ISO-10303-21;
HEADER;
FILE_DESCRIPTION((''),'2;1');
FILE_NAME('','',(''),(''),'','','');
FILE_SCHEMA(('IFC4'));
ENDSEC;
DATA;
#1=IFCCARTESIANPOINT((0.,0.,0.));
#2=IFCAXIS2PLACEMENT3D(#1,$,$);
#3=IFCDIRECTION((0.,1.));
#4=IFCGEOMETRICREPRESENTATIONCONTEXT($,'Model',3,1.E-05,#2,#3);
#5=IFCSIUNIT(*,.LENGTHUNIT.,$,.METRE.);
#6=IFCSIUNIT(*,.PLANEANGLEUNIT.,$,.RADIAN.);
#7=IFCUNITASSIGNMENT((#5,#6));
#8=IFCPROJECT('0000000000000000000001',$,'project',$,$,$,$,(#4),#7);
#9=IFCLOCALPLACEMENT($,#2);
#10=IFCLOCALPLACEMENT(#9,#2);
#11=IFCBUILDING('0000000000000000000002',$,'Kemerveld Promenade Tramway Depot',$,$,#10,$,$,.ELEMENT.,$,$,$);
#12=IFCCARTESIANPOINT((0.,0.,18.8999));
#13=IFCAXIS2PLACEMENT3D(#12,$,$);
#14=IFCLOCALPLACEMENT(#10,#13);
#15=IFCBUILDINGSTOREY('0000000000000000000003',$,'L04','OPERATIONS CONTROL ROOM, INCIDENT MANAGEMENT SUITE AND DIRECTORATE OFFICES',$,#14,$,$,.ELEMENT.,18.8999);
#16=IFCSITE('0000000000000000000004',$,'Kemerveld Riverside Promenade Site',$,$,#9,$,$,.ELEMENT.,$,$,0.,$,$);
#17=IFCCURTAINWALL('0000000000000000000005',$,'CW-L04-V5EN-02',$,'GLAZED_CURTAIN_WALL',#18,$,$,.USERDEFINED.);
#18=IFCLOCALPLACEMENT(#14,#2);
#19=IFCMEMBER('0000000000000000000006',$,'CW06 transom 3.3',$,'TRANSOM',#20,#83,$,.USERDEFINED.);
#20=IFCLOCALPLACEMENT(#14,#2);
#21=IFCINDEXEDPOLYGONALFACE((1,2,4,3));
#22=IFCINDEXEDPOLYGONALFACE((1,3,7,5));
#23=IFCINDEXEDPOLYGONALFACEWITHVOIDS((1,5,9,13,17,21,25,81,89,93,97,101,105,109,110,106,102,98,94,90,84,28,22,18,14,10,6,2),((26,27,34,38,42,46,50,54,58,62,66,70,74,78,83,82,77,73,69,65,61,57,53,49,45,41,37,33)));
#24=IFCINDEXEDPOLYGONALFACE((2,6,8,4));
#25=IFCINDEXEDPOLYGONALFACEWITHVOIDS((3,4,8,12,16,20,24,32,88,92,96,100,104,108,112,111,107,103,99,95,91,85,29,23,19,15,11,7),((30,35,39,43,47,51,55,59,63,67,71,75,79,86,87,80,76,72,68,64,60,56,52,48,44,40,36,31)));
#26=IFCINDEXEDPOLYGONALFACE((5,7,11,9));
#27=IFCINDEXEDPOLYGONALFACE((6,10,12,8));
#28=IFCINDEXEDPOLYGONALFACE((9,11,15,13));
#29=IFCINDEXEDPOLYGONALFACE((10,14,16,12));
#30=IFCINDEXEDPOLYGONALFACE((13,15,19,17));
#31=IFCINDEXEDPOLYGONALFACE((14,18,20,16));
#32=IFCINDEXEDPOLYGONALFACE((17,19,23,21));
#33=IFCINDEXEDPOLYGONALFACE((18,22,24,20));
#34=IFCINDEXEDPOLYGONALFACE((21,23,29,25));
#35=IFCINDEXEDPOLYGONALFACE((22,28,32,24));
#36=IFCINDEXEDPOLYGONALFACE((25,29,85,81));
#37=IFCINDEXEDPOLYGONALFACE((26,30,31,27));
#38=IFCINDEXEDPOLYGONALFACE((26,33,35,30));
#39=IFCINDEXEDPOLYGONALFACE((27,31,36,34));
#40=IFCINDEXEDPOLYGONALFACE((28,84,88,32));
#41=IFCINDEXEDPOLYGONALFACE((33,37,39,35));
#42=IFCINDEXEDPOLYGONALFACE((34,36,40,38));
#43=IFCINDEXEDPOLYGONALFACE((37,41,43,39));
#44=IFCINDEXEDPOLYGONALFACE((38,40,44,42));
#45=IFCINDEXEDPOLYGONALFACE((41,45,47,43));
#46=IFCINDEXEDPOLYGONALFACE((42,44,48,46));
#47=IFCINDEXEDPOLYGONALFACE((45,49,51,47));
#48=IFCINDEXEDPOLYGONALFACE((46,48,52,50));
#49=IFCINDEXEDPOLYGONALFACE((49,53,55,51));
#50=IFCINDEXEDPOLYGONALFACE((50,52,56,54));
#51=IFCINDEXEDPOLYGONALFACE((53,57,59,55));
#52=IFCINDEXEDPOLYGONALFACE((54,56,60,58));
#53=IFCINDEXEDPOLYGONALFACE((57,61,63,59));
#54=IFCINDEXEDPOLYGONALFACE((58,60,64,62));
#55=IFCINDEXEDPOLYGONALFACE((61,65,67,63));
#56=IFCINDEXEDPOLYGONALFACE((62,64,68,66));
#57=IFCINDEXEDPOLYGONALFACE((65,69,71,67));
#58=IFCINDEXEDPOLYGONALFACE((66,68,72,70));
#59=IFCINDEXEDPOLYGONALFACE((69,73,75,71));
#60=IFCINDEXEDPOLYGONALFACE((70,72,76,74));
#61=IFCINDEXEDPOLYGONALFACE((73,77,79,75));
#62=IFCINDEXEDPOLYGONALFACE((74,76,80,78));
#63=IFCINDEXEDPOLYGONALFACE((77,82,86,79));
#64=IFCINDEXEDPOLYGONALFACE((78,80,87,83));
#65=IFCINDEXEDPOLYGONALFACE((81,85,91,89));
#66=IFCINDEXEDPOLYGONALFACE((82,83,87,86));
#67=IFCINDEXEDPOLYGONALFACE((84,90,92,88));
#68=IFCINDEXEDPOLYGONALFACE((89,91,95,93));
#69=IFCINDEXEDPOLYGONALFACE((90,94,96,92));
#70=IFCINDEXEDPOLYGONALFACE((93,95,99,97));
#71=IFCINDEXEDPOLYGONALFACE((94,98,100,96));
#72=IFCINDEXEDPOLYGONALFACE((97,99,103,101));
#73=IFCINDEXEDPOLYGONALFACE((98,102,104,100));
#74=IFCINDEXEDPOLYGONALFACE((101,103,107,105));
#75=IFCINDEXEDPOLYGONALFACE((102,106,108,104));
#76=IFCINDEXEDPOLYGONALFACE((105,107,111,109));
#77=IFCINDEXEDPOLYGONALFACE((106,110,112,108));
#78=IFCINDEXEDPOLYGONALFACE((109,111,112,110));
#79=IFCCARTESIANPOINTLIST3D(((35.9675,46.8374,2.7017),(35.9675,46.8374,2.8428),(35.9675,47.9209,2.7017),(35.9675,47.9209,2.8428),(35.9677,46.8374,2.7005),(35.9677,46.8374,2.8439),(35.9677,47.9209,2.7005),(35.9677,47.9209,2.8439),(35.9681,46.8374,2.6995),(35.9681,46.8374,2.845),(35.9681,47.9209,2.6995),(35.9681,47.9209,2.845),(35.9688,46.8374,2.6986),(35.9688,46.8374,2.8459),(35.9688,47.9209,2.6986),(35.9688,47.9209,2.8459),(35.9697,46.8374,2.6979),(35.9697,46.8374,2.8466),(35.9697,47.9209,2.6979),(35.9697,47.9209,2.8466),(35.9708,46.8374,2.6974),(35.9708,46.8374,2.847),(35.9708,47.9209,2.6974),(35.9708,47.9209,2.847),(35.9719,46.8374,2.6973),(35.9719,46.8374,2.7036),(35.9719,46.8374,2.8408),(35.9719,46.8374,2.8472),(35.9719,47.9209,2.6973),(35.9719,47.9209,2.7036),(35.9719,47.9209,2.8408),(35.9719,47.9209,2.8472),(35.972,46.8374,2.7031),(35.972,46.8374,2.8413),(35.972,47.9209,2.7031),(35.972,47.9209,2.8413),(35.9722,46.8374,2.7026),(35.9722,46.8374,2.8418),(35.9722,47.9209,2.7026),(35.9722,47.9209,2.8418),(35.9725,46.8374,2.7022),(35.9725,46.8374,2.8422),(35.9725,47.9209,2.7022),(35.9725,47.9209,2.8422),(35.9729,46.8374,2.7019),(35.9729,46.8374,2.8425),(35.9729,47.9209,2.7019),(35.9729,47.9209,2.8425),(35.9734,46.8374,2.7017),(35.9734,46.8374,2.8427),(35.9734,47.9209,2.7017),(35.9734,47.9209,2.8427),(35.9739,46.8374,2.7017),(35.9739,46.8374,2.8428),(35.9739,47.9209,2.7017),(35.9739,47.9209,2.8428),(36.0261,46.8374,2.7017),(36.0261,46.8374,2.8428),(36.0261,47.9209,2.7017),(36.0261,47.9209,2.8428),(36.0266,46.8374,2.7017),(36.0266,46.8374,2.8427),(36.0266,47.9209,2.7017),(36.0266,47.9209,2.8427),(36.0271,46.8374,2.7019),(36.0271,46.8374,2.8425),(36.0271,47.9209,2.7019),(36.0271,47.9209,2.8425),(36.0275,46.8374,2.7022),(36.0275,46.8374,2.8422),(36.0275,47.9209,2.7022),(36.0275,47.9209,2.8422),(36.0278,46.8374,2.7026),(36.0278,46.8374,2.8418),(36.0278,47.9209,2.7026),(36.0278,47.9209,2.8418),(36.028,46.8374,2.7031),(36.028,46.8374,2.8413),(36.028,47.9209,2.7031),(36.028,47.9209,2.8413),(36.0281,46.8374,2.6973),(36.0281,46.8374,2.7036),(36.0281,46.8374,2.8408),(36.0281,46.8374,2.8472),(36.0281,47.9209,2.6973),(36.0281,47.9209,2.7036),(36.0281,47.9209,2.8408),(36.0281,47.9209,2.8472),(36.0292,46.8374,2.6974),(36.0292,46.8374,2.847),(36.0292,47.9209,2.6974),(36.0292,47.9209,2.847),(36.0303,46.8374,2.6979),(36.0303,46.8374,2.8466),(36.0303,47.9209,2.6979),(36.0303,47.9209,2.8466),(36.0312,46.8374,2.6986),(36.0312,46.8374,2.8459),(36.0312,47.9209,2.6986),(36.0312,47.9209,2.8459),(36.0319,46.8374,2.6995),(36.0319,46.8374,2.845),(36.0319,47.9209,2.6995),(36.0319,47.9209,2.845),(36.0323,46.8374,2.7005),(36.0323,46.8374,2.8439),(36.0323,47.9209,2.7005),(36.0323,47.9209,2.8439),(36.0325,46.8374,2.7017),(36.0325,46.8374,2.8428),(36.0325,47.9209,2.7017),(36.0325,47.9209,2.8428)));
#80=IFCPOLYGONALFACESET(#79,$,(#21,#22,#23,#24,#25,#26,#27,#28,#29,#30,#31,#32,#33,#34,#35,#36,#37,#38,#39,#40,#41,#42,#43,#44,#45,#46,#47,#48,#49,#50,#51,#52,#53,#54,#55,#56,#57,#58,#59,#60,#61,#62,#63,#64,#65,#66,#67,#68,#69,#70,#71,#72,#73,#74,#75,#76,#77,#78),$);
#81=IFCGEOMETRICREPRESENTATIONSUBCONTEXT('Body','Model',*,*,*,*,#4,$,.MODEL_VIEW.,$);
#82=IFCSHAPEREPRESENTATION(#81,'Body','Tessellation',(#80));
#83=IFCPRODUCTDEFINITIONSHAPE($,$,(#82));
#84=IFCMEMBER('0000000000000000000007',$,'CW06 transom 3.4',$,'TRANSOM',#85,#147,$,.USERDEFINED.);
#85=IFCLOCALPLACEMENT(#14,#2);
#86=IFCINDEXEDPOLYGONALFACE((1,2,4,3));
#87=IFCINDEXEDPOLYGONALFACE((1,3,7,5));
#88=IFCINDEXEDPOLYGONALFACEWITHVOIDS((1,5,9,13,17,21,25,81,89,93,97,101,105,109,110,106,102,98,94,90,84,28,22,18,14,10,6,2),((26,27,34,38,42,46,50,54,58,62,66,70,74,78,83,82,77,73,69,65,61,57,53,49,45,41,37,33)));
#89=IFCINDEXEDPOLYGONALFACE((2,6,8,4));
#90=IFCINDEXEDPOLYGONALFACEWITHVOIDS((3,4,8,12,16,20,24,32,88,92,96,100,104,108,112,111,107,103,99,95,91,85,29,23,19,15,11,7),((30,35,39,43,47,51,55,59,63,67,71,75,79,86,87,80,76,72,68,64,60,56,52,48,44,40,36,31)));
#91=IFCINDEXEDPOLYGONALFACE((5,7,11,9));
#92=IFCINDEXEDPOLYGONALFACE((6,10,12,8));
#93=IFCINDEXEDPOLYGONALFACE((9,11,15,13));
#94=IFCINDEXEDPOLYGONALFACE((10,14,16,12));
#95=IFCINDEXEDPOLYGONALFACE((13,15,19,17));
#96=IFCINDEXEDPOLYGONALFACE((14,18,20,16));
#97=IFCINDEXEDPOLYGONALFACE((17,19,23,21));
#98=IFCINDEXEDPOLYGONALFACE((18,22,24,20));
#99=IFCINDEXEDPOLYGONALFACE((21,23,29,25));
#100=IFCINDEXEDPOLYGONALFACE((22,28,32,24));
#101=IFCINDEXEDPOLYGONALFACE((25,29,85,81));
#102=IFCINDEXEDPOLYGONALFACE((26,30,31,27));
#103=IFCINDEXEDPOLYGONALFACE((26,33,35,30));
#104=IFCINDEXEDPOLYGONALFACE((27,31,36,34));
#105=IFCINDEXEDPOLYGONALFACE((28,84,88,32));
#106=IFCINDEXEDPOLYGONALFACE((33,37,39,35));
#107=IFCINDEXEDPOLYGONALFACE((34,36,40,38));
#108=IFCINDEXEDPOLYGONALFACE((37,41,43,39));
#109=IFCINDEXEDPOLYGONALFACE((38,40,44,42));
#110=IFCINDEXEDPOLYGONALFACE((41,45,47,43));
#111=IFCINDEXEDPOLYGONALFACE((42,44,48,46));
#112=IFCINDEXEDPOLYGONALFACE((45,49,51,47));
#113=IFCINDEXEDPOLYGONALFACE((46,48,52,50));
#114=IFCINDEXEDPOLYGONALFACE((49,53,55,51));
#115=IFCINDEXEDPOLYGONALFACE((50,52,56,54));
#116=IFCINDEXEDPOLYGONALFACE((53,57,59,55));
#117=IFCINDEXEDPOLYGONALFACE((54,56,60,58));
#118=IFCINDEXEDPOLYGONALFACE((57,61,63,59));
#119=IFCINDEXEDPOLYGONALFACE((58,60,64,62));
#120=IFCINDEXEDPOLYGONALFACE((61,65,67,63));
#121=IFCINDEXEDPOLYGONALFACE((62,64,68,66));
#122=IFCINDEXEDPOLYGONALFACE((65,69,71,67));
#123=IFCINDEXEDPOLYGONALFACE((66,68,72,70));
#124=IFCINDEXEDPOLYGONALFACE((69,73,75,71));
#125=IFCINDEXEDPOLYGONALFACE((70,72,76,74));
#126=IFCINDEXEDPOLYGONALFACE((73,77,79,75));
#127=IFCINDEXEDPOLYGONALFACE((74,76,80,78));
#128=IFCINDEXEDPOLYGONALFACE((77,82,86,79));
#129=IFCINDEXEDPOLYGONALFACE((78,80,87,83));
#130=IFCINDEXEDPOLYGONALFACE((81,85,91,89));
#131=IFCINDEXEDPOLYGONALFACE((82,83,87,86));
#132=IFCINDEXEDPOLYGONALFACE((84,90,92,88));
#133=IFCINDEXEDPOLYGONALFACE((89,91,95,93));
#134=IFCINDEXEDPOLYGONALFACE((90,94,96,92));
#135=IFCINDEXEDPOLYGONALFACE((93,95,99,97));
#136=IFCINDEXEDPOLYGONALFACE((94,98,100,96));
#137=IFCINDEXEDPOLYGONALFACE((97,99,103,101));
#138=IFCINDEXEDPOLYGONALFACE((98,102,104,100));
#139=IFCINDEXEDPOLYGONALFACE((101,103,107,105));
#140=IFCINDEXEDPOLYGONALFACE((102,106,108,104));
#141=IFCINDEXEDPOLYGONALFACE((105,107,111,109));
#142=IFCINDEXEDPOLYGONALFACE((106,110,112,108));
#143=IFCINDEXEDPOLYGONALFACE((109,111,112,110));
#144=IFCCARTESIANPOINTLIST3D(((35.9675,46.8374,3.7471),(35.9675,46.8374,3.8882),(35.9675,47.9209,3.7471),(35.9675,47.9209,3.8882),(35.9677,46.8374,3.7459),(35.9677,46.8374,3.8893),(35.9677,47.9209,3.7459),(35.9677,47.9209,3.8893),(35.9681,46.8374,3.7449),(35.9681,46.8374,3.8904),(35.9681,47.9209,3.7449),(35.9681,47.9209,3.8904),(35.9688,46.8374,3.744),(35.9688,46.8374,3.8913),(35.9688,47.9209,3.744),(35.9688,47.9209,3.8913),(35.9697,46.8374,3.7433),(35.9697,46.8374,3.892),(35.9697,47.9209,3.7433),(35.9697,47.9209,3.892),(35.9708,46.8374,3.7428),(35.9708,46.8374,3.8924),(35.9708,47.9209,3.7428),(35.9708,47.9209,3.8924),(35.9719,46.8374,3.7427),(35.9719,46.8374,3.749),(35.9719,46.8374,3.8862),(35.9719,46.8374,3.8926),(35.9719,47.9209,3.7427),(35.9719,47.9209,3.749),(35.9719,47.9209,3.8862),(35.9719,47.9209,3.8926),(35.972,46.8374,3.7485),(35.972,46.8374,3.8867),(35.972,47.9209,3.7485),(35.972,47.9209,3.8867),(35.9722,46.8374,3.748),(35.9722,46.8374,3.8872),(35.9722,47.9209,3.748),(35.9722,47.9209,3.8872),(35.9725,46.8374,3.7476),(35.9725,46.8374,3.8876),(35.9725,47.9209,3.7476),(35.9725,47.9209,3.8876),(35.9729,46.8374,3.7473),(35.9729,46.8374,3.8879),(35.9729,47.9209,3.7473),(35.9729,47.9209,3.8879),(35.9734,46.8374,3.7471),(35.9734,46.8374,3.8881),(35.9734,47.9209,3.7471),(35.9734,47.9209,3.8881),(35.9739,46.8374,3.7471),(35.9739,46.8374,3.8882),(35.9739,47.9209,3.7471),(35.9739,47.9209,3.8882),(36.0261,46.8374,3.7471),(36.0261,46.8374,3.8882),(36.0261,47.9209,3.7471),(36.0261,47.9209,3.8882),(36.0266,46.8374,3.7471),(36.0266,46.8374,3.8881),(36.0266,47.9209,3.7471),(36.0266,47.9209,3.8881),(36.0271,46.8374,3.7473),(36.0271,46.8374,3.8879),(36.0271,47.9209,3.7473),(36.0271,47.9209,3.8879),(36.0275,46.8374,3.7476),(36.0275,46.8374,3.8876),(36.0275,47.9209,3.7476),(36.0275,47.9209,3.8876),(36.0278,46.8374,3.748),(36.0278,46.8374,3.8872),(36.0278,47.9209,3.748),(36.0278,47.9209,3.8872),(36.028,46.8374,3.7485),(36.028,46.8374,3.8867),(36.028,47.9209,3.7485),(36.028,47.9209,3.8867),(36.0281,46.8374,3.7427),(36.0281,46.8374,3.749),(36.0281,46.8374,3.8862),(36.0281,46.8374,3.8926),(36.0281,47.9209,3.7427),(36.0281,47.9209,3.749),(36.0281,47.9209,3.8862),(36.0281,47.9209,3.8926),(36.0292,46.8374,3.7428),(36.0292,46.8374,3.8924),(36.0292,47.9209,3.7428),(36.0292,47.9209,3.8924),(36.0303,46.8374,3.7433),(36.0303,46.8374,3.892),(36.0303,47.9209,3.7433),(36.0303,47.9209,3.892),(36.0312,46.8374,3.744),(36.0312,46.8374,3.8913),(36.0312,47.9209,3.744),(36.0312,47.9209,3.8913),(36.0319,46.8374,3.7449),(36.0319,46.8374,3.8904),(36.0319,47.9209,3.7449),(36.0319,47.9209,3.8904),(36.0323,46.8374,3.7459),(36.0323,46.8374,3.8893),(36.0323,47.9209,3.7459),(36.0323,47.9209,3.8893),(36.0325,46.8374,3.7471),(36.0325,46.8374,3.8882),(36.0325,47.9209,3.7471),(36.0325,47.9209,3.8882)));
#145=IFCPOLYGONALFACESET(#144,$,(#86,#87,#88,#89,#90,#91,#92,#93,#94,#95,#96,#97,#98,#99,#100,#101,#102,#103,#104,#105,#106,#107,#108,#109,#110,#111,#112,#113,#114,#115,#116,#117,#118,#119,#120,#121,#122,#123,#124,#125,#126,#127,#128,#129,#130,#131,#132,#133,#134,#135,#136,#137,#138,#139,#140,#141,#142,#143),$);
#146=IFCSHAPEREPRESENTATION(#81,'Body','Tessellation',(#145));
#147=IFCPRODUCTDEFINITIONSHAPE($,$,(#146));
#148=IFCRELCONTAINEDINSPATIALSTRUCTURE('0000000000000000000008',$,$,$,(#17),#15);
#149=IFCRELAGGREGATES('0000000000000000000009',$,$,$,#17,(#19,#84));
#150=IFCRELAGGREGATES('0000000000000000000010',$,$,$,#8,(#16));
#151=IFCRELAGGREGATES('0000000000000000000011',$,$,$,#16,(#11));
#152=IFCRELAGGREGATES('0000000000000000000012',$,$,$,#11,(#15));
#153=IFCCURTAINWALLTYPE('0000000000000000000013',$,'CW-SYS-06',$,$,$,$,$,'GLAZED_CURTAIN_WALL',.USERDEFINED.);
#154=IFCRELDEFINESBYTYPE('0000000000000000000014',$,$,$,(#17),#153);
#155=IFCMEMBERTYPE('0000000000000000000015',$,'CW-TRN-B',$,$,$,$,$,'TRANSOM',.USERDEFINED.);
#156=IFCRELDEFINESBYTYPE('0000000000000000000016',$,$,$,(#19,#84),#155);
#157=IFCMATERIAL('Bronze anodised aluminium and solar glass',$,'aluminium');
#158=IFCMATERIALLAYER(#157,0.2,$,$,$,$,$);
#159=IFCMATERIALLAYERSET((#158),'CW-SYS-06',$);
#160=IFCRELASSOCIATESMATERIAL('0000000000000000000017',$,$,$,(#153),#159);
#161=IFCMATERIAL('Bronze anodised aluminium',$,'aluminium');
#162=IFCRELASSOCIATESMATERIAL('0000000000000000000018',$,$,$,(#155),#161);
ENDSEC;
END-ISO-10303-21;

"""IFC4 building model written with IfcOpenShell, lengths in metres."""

from ifc_helpers import new_model, si_unit, direction, frame, origin, origin_2d, place, context, subcontext, project, spatial, hollow_rectangle, extrude, material, layer, layer_set, material_profile, profile_set, type_object, element, aggregate, save


model = new_model("IFC4")

# Units and contexts
model_context = context("Model", 3, precision=1e-05, world=origin(), true_north=direction((0.0, 1.0)))
body_context = subcontext(model_context, "Body", "Model", "MODEL_VIEW")
ifc_project = project(units=[si_unit("LENGTHUNIT", "METRE"), si_unit("PLANEANGLEUNIT", "RADIAN")], contexts=[model_context])

# Site, building, storey
site_placement = place(None, origin())
site = spatial("IfcSite", under=ifc_project, at=site_placement, Name="Kemerveld Riverside Promenade Site", CompositionType="ELEMENT", RefElevation=0.0)
building_placement = place(site_placement, origin())
building = spatial("IfcBuilding", under=site, at=building_placement, Name="Kemerveld Promenade Tramway Depot", CompositionType="ELEMENT")
storey_placement = place(building_placement, frame((0.0, 0.0, 18.8999)))
storey = spatial("IfcBuildingStorey", under=building, at=storey_placement, Name="L04", Description="OPERATIONS CONTROL ROOM, INCIDENT MANAGEMENT SUITE AND DIRECTORATE OFFICES", CompositionType="ELEMENT", Elevation=18.8999)

# Shared definitions
ifc_material_1 = material(Name="Bronze anodised aluminium and solar glass", Category="aluminium")
ifc_material_2 = material(Name="Bronze anodised aluminium", Category="aluminium")

# Curtain wall, members
ifc_layer_1 = layer(ifc_material_1, 0.2)
ifc_layer_set_1 = layer_set([ifc_layer_1], Name="CW-SYS-06")
curtain_wall_type_1 = type_object("IfcCurtainWallType", Name="CW-SYS-06", ElementType="GLAZED_CURTAIN_WALL", PredefinedType="USERDEFINED", material=ifc_layer_set_1)
curtain_wall_1_placement = place(storey_placement, origin())
curtain_wall_1 = element("IfcCurtainWall", 1, at=curtain_wall_1_placement, inside=storey, type_object=curtain_wall_type_1, Name="CW-L04-V5EN-02", ObjectType="GLAZED_CURTAIN_WALL", PredefinedType="USERDEFINED")
ifc_material_profile_1 = material_profile(ifc_material_2, hollow_rectangle(XDim=0.0649, YDim=0.1499, WallThickness=0.0044, InnerFilletRadius=0.002, OuterFilletRadius=0.0044, at=origin_2d()), Name="CW-TRN-150x65")
ifc_profile_set_1 = profile_set([ifc_material_profile_1], Name="Bronze anodised aluminium")
member_type_1 = type_object("IfcMemberType", Name="CW-TRN-B", ElementType="TRANSOM", PredefinedType="USERDEFINED", material=ifc_profile_set_1)
member_1_placement = place(storey_placement, frame((36.0, 47.9209, 2.7722), z_axis=(0.0, -1.0, 0.0), x_axis=(1.0, 0.0, 0.0)))
member_1 = element("IfcMember", 2, at=member_1_placement, type_object=member_type_1, Name="CW06 transom 3.3", ObjectType="TRANSOM", PredefinedType="USERDEFINED", context=body_context, shape_type="SweptSolid", body=[
    extrude(hollow_rectangle(XDim=0.0649, YDim=0.1499, WallThickness=0.0044, InnerFilletRadius=0.002, OuterFilletRadius=0.0044, at=origin_2d()), origin(), (0.0, 0.0, 1.0), 1.0835),
])
member_2_placement = place(storey_placement, frame((36.0, 47.9209, 3.8176), z_axis=(0.0, -1.0, 0.0), x_axis=(1.0, 0.0, 0.0)))
member_2 = element("IfcMember", 3, at=member_2_placement, type_object=member_type_1, Name="CW06 transom 3.4", ObjectType="TRANSOM", PredefinedType="USERDEFINED", context=body_context, shape_type="SweptSolid", body=[
    extrude(hollow_rectangle(XDim=0.0649, YDim=0.1499, WallThickness=0.0044, InnerFilletRadius=0.002, OuterFilletRadius=0.0044, at=origin_2d()), origin(), (0.0, 0.0, 1.0), 1.0835),
])

aggregate(curtain_wall_1, [member_1, member_2])

save(model, "model.ifc")
